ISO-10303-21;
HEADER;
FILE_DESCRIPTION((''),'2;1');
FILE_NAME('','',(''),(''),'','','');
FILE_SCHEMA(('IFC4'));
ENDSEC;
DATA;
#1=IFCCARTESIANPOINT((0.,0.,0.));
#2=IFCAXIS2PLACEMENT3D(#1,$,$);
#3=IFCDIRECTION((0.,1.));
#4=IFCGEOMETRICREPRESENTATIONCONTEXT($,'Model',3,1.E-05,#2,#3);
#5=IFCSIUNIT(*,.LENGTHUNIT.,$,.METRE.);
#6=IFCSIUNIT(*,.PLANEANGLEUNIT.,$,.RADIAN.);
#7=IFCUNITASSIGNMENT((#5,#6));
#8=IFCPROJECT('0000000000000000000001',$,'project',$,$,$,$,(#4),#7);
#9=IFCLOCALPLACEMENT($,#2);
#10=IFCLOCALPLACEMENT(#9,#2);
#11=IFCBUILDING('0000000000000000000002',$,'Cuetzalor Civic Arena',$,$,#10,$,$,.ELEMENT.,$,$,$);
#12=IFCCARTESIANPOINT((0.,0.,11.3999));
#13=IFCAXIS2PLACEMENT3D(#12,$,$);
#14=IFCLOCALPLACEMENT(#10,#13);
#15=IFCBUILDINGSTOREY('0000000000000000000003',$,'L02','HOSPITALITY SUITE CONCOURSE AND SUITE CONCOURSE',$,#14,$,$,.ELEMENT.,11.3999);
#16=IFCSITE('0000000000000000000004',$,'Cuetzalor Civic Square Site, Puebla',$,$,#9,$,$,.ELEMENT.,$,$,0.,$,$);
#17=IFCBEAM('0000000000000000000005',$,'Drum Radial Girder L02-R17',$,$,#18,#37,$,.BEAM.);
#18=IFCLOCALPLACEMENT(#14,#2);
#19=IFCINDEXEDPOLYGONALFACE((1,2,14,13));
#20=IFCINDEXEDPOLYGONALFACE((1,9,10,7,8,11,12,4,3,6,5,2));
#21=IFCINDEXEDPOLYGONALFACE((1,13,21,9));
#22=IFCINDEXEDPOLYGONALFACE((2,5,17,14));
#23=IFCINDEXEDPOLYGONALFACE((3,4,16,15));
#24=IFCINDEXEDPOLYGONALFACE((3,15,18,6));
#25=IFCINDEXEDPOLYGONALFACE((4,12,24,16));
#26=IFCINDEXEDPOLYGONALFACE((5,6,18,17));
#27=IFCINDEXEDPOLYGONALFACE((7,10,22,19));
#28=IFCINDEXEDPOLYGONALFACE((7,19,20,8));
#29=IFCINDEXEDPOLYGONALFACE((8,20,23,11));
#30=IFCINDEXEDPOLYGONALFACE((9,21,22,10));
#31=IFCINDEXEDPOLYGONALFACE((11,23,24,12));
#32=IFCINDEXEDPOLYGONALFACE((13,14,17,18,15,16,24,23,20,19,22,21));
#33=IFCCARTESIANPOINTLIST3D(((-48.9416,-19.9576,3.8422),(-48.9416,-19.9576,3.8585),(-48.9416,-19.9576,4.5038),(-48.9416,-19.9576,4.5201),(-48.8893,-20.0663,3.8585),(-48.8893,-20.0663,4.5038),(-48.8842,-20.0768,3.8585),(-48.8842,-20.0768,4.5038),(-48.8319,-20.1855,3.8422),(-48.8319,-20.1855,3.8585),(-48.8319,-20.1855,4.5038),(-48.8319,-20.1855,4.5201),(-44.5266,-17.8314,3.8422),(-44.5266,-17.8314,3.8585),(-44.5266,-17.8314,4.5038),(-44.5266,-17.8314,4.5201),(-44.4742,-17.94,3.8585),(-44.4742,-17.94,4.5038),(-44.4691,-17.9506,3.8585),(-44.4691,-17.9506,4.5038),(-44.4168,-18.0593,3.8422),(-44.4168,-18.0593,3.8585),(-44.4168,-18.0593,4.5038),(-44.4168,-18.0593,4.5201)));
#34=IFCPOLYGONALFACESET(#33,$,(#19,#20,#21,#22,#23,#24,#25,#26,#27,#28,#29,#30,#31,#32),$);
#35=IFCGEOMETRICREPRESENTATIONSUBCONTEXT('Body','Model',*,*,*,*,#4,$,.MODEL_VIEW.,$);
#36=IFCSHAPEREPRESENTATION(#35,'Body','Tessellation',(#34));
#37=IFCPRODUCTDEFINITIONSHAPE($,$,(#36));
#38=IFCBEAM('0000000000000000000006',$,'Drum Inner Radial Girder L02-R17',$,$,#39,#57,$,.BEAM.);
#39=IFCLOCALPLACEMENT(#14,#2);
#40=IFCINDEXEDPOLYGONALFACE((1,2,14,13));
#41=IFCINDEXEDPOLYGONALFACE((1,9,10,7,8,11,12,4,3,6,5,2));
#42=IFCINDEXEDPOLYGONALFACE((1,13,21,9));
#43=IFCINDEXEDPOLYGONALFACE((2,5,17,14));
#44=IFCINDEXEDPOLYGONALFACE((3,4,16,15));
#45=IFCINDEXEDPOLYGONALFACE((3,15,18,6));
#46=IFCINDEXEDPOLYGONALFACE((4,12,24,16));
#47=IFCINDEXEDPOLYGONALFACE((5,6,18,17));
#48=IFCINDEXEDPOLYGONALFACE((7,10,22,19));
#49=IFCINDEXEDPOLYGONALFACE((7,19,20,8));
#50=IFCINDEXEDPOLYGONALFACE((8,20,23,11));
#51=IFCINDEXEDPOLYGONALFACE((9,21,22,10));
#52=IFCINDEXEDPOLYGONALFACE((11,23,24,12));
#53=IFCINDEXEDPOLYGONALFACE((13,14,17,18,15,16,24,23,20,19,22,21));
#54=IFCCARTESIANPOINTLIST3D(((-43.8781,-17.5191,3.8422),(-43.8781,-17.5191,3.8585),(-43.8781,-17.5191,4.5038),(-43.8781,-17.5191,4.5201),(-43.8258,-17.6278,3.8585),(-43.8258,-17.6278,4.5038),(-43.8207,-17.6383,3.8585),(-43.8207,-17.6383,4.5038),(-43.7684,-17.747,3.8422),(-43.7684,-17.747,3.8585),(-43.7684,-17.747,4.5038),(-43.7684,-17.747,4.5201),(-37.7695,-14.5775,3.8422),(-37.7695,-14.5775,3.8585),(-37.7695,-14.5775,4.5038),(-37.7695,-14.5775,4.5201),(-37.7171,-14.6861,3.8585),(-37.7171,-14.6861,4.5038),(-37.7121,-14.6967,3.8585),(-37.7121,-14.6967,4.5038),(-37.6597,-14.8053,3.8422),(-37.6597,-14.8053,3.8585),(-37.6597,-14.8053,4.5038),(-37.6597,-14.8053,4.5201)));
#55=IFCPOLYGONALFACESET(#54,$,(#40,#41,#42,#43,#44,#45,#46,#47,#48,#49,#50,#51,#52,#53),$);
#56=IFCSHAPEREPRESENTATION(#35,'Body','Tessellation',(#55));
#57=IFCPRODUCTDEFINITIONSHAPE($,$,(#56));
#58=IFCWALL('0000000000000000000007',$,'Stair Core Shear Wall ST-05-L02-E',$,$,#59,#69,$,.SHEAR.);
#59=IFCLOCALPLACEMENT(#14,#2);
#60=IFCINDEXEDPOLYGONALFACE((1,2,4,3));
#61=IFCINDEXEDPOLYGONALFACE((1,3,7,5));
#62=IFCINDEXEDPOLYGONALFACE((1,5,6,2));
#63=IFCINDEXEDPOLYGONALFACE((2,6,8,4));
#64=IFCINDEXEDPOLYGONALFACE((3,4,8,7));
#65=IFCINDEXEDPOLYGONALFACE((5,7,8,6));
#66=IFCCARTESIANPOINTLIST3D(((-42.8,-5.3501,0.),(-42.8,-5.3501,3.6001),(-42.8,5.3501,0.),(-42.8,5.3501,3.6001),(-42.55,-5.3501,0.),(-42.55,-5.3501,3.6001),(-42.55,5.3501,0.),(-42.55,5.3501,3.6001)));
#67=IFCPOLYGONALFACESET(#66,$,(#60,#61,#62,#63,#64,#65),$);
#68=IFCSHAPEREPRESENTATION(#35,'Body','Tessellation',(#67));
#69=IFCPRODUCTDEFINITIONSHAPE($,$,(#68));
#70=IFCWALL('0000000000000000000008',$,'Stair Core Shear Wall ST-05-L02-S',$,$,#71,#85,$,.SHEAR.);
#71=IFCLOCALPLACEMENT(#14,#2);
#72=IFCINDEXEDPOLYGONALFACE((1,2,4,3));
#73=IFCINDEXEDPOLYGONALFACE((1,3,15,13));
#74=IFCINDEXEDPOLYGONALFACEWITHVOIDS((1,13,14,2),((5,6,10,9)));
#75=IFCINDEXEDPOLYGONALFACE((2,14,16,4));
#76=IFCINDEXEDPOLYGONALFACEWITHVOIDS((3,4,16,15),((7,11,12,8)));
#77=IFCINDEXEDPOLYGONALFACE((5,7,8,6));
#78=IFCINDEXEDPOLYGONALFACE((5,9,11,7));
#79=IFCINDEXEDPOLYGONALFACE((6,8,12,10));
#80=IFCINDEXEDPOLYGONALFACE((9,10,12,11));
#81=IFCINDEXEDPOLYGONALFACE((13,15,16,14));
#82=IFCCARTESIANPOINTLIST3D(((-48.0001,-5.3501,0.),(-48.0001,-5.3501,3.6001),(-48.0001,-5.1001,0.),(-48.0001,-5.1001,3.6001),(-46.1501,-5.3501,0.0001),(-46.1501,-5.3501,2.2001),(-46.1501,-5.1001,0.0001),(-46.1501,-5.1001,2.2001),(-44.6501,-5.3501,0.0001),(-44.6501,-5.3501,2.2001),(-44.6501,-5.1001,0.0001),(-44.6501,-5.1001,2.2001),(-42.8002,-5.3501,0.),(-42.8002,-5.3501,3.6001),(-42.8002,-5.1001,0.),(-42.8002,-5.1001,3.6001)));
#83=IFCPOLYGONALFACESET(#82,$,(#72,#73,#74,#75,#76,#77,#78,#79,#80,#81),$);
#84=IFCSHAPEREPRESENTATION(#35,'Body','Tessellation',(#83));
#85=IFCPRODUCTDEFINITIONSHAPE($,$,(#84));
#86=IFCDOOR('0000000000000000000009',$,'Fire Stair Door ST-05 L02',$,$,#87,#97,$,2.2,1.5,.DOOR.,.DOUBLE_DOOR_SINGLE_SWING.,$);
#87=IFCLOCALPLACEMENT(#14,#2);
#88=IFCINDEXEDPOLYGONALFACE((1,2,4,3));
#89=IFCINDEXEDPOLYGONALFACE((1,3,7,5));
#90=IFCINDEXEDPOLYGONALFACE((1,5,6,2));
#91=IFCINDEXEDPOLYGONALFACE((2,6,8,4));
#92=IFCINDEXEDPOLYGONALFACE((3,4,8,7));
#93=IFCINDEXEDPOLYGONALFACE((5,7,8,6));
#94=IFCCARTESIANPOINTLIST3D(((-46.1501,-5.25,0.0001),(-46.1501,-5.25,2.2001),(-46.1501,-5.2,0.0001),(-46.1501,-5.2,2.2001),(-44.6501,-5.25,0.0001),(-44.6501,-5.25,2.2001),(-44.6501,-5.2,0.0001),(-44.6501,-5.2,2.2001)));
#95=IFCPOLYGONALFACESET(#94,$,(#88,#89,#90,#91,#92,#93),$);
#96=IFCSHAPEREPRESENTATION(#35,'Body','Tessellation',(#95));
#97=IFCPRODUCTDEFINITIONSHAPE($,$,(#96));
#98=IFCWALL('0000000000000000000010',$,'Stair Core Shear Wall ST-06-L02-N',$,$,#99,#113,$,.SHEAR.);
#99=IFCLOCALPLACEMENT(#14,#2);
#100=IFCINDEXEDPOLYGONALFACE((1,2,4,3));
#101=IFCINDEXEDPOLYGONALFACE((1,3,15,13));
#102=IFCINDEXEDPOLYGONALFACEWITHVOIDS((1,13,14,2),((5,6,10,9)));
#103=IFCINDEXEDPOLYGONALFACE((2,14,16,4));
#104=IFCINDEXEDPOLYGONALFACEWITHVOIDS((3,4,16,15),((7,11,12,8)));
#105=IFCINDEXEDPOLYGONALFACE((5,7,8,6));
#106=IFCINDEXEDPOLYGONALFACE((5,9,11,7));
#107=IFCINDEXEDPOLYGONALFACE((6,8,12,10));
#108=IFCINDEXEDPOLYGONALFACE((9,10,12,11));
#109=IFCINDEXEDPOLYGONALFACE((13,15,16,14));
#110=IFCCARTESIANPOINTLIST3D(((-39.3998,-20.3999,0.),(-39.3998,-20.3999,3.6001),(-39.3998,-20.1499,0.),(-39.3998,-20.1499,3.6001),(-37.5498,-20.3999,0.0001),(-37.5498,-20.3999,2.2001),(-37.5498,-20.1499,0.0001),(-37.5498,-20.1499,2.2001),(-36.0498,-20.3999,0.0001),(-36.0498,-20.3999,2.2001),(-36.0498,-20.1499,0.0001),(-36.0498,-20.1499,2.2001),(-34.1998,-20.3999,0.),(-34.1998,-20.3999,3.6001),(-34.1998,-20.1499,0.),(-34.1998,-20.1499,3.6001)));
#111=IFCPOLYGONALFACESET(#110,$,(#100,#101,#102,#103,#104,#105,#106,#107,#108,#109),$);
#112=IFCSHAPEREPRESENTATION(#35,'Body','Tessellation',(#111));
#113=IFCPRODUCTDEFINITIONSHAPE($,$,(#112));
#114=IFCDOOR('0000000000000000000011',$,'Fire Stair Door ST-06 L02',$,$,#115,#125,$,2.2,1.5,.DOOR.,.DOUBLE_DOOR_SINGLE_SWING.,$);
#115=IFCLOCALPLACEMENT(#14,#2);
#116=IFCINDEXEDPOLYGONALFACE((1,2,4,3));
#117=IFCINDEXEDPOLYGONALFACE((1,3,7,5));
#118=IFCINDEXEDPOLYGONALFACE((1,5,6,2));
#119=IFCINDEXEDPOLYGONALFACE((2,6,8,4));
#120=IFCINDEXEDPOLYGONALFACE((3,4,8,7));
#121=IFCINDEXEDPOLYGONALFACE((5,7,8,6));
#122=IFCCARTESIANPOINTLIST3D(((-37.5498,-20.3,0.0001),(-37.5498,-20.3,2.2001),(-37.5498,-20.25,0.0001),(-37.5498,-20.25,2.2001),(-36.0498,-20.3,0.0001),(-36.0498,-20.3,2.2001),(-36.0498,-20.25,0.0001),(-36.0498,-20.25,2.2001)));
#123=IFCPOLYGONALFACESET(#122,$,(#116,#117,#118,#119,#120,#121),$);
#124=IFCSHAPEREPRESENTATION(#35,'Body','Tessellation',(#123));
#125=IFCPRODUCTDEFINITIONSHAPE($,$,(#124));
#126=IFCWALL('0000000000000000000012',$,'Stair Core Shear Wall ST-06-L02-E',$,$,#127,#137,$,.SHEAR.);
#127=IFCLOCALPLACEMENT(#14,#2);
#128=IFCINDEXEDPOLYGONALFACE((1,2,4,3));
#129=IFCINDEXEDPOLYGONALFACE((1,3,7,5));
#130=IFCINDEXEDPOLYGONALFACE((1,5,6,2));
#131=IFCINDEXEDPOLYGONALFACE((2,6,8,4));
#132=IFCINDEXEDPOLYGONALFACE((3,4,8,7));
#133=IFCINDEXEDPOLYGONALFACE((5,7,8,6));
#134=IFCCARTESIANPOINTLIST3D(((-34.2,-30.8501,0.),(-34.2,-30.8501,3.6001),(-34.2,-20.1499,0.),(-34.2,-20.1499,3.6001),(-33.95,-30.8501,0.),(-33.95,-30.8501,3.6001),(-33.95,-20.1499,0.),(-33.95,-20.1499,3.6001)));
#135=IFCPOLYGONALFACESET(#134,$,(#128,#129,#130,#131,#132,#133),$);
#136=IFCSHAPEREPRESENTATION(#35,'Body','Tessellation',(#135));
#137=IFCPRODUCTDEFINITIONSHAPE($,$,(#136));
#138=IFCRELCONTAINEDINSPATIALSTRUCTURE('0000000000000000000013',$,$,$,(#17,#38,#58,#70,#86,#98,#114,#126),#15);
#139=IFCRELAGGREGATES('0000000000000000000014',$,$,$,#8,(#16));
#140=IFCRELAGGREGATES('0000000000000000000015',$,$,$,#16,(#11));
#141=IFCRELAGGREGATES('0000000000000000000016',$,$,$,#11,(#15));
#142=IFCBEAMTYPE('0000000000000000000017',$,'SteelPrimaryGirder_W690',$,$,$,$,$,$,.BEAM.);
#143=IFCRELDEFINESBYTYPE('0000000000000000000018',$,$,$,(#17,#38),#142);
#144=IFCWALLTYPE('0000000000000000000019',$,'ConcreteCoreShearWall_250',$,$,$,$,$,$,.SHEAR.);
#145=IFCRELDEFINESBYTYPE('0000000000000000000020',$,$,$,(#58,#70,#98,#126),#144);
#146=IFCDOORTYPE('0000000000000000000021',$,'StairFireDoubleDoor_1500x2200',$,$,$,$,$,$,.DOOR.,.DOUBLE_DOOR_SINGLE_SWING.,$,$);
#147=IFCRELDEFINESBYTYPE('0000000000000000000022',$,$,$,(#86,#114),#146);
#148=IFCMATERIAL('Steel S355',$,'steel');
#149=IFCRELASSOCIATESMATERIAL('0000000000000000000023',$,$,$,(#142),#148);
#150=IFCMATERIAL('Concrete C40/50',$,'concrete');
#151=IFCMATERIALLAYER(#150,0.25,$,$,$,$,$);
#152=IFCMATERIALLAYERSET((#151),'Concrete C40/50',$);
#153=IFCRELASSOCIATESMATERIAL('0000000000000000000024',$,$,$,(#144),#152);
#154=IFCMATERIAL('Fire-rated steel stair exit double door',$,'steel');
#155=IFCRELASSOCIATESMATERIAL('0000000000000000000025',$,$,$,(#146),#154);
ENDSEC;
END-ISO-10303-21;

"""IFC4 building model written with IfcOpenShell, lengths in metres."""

from ifc_helpers import new_model, si_unit, direction, frame, frame_2d, origin, origin_2d, place, context, subcontext, project, spatial, rectangle, i_section, extrude, material, layer, layer_set, material_profile, profile_set, type_object, element, fill, save


model = new_model("IFC4")

# Units and contexts
model_context = context("Model", 3, precision=1e-05, world=origin(), true_north=direction((0.0, 1.0)))
body_context = subcontext(model_context, "Body", "Model", "MODEL_VIEW")
ifc_project = project(units=[si_unit("LENGTHUNIT", "METRE"), si_unit("PLANEANGLEUNIT", "RADIAN")], contexts=[model_context])

# Site, building, storey
site_placement = place(None, origin())
site = spatial("IfcSite", under=ifc_project, at=site_placement, Name="Cuetzalor Civic Square Site, Puebla", CompositionType="ELEMENT", RefElevation=0.0)
building_placement = place(site_placement, origin())
building = spatial("IfcBuilding", under=site, at=building_placement, Name="Cuetzalor Civic Arena", CompositionType="ELEMENT")
storey_placement = place(building_placement, frame((0.0, 0.0, 11.3999)))
storey = spatial("IfcBuildingStorey", under=building, at=storey_placement, Name="L02", Description="HOSPITALITY SUITE CONCOURSE AND SUITE CONCOURSE", CompositionType="ELEMENT", Elevation=11.3999)

# Beams
ifc_material_1 = material(Name="Steel S355", Category="steel")
ifc_material_profile_1 = material_profile(ifc_material_1, i_section(OverallWidth=0.2529, OverallDepth=0.678, WebThickness=0.0117, FlangeThickness=0.0164, at=origin_2d()), Name="W690x125")
ifc_profile_set_1 = profile_set([ifc_material_profile_1], Name="Steel S355")
beam_type_1 = type_object("IfcBeamType", Name="SteelPrimaryGirder_W690", PredefinedType="BEAM", material=ifc_profile_set_1)
beam_1_placement = place(storey_placement, frame((-44.4717, -17.9453, 4.1812), z_axis=(-0.900965, -0.433892, 0.0), x_axis=(0.433892, -0.900965, 0.0)))
element("IfcBeam", 1, at=beam_1_placement, inside=storey, type_object=beam_type_1, Name="Drum Radial Girder L02-R17", PredefinedType="BEAM", context=body_context, shape_type="SweptSolid", body=[
    extrude(i_section(OverallWidth=0.2529, OverallDepth=0.678, WebThickness=0.0117, FlangeThickness=0.0164, at=origin_2d()), origin(), (0.0, 0.0, 1.0), 4.9004),
])
beam_2_placement = place(storey_placement, frame((-37.7146, -14.6914, 4.1812), z_axis=(-0.900976, -0.43387, 0.0), x_axis=(0.43387, -0.900976, 0.0)))
element("IfcBeam", 2, at=beam_2_placement, inside=storey, type_object=beam_type_1, Name="Drum Inner Radial Girder L02-R17", PredefinedType="BEAM", context=body_context, shape_type="SweptSolid", body=[
    extrude(i_section(OverallWidth=0.2529, OverallDepth=0.678, WebThickness=0.0117, FlangeThickness=0.0164, at=origin_2d()), origin(), (0.0, 0.0, 1.0), 6.78),
])

# Wall
ifc_material_2 = material(Name="Concrete C40/50", Category="concrete")
ifc_layer = layer(ifc_material_2, 0.25)
ifc_layer_set = layer_set([ifc_layer], Name="Concrete C40/50")
wall_type = type_object("IfcWallType", Name="ConcreteCoreShearWall_250", PredefinedType="SHEAR", material=ifc_layer_set)
wall_1_placement = place(storey_placement, frame((-42.675, 5.3501, 0.0), z_axis=(0.0, 0.0, 1.0), x_axis=(0.0, -1.0, 0.0)))
element("IfcWall", 3, at=wall_1_placement, inside=storey, type_object=wall_type, Name="Stair Core Shear Wall ST-05-L02-E", PredefinedType="SHEAR", context=body_context, shape_type="SweptSolid", body=[
    extrude(rectangle(XDim=10.7002, YDim=0.25, at=frame_2d((5.3501, 0.0))), origin(), (0.0, 0.0, 1.0), 3.6001),
])

# Walls, openings, doors
wall_2_placement = place(storey_placement, frame((-42.8, -5.2251, 0.0), z_axis=(0.0, 0.0, 1.0), x_axis=(-1.0, 0.0, 0.0)))
wall_2 = element("IfcWall", 4, at=wall_2_placement, inside=storey, type_object=wall_type, Name="Stair Core Shear Wall ST-05-L02-S", PredefinedType="SHEAR", context=body_context, shape_type="SweptSolid", body=[
    extrude(rectangle(XDim=5.2, YDim=0.25, at=frame_2d((2.6001, 0.0))), origin(), (0.0, 0.0, 1.0), 3.6001),
])
opening_1_placement = place(wall_2_placement, frame((1.8501, 0.0, 0.0)))
opening_1 = element("IfcOpeningElement", 5, at=opening_1_placement, cuts=wall_2, PredefinedType="OPENING", context=body_context, shape_type="SweptSolid", body=[
    extrude(rectangle(XDim=1.5, YDim=2.2, at=frame_2d((0.75, 1.1001))), frame((0.0, 0.135, 0.0), z_axis=(0.0, -1.0, 0.0), x_axis=(1.0, 0.0, 0.0)), (0.0, 0.0, 1.0), 0.27),
])
ifc_material_3 = material(Name="Fire-rated steel stair exit double door", Category="steel")
door_type = type_object("IfcDoorType", Name="StairFireDoubleDoor_1500x2200", OperationType="DOUBLE_DOOR_SINGLE_SWING", PredefinedType="DOOR", material=ifc_material_3)
door_1_placement = place(opening_1_placement, origin())
door_1 = element("IfcDoor", 6, at=door_1_placement, inside=storey, type_object=door_type, Name="Fire Stair Door ST-05 L02", OperationType="DOUBLE_DOOR_SINGLE_SWING", OverallHeight=2.2, OverallWidth=1.5, PredefinedType="DOOR", context=body_context, shape_type="SweptSolid", body=[
    extrude(rectangle(XDim=1.5, YDim=2.2, at=frame_2d((0.75, 1.1001))), frame((0.0, 0.0249, 0.0), z_axis=(0.0, -1.0, 0.0), x_axis=(1.0, 0.0, 0.0)), (0.0, 0.0, 1.0), 0.05),
])
fill(opening_1, door_1)
wall_3_placement = place(storey_placement, frame((-39.3999, -20.2749, 0.0), z_axis=(0.0, 0.0, 1.0), x_axis=(1.0, 0.0, 0.0)))
wall_3 = element("IfcWall", 7, at=wall_3_placement, inside=storey, type_object=wall_type, Name="Stair Core Shear Wall ST-06-L02-N", PredefinedType="SHEAR", context=body_context, shape_type="SweptSolid", body=[
    extrude(rectangle(XDim=5.2, YDim=0.25, at=frame_2d((2.6001, 0.0))), origin(), (0.0, 0.0, 1.0), 3.6001),
])
opening_2_placement = place(wall_3_placement, frame((1.8501, 0.0, 0.0)))
opening_2 = element("IfcOpeningElement", 8, at=opening_2_placement, cuts=wall_3, PredefinedType="OPENING", context=body_context, shape_type="SweptSolid", body=[
    extrude(rectangle(XDim=1.5, YDim=2.2, at=frame_2d((0.75, 1.1001))), frame((0.0, 0.135, 0.0), z_axis=(0.0, -1.0, 0.0), x_axis=(1.0, 0.0, 0.0)), (0.0, 0.0, 1.0), 0.27),
])
door_2_placement = place(opening_2_placement, origin())
door_2 = element("IfcDoor", 9, at=door_2_placement, inside=storey, type_object=door_type, Name="Fire Stair Door ST-06 L02", OperationType="DOUBLE_DOOR_SINGLE_SWING", OverallHeight=2.2, OverallWidth=1.5, PredefinedType="DOOR", context=body_context, shape_type="SweptSolid", body=[
    extrude(rectangle(XDim=1.5, YDim=2.2, at=frame_2d((0.75, 1.1001))), frame((0.0, 0.0249, 0.0), z_axis=(0.0, -1.0, 0.0), x_axis=(1.0, 0.0, 0.0)), (0.0, 0.0, 1.0), 0.05),
])
fill(opening_2, door_2)

# Wall
wall_4_placement = place(storey_placement, frame((-34.075, -20.1499, 0.0), z_axis=(0.0, 0.0, 1.0), x_axis=(0.0, -1.0, 0.0)))
element("IfcWall", 10, at=wall_4_placement, inside=storey, type_object=wall_type, Name="Stair Core Shear Wall ST-06-L02-E", PredefinedType="SHEAR", context=body_context, shape_type="SweptSolid", body=[
    extrude(rectangle(XDim=10.7002, YDim=0.25, at=frame_2d((5.3501, 0.0))), origin(), (0.0, 0.0, 1.0), 3.6001),
])

save(model, "model.ifc")
